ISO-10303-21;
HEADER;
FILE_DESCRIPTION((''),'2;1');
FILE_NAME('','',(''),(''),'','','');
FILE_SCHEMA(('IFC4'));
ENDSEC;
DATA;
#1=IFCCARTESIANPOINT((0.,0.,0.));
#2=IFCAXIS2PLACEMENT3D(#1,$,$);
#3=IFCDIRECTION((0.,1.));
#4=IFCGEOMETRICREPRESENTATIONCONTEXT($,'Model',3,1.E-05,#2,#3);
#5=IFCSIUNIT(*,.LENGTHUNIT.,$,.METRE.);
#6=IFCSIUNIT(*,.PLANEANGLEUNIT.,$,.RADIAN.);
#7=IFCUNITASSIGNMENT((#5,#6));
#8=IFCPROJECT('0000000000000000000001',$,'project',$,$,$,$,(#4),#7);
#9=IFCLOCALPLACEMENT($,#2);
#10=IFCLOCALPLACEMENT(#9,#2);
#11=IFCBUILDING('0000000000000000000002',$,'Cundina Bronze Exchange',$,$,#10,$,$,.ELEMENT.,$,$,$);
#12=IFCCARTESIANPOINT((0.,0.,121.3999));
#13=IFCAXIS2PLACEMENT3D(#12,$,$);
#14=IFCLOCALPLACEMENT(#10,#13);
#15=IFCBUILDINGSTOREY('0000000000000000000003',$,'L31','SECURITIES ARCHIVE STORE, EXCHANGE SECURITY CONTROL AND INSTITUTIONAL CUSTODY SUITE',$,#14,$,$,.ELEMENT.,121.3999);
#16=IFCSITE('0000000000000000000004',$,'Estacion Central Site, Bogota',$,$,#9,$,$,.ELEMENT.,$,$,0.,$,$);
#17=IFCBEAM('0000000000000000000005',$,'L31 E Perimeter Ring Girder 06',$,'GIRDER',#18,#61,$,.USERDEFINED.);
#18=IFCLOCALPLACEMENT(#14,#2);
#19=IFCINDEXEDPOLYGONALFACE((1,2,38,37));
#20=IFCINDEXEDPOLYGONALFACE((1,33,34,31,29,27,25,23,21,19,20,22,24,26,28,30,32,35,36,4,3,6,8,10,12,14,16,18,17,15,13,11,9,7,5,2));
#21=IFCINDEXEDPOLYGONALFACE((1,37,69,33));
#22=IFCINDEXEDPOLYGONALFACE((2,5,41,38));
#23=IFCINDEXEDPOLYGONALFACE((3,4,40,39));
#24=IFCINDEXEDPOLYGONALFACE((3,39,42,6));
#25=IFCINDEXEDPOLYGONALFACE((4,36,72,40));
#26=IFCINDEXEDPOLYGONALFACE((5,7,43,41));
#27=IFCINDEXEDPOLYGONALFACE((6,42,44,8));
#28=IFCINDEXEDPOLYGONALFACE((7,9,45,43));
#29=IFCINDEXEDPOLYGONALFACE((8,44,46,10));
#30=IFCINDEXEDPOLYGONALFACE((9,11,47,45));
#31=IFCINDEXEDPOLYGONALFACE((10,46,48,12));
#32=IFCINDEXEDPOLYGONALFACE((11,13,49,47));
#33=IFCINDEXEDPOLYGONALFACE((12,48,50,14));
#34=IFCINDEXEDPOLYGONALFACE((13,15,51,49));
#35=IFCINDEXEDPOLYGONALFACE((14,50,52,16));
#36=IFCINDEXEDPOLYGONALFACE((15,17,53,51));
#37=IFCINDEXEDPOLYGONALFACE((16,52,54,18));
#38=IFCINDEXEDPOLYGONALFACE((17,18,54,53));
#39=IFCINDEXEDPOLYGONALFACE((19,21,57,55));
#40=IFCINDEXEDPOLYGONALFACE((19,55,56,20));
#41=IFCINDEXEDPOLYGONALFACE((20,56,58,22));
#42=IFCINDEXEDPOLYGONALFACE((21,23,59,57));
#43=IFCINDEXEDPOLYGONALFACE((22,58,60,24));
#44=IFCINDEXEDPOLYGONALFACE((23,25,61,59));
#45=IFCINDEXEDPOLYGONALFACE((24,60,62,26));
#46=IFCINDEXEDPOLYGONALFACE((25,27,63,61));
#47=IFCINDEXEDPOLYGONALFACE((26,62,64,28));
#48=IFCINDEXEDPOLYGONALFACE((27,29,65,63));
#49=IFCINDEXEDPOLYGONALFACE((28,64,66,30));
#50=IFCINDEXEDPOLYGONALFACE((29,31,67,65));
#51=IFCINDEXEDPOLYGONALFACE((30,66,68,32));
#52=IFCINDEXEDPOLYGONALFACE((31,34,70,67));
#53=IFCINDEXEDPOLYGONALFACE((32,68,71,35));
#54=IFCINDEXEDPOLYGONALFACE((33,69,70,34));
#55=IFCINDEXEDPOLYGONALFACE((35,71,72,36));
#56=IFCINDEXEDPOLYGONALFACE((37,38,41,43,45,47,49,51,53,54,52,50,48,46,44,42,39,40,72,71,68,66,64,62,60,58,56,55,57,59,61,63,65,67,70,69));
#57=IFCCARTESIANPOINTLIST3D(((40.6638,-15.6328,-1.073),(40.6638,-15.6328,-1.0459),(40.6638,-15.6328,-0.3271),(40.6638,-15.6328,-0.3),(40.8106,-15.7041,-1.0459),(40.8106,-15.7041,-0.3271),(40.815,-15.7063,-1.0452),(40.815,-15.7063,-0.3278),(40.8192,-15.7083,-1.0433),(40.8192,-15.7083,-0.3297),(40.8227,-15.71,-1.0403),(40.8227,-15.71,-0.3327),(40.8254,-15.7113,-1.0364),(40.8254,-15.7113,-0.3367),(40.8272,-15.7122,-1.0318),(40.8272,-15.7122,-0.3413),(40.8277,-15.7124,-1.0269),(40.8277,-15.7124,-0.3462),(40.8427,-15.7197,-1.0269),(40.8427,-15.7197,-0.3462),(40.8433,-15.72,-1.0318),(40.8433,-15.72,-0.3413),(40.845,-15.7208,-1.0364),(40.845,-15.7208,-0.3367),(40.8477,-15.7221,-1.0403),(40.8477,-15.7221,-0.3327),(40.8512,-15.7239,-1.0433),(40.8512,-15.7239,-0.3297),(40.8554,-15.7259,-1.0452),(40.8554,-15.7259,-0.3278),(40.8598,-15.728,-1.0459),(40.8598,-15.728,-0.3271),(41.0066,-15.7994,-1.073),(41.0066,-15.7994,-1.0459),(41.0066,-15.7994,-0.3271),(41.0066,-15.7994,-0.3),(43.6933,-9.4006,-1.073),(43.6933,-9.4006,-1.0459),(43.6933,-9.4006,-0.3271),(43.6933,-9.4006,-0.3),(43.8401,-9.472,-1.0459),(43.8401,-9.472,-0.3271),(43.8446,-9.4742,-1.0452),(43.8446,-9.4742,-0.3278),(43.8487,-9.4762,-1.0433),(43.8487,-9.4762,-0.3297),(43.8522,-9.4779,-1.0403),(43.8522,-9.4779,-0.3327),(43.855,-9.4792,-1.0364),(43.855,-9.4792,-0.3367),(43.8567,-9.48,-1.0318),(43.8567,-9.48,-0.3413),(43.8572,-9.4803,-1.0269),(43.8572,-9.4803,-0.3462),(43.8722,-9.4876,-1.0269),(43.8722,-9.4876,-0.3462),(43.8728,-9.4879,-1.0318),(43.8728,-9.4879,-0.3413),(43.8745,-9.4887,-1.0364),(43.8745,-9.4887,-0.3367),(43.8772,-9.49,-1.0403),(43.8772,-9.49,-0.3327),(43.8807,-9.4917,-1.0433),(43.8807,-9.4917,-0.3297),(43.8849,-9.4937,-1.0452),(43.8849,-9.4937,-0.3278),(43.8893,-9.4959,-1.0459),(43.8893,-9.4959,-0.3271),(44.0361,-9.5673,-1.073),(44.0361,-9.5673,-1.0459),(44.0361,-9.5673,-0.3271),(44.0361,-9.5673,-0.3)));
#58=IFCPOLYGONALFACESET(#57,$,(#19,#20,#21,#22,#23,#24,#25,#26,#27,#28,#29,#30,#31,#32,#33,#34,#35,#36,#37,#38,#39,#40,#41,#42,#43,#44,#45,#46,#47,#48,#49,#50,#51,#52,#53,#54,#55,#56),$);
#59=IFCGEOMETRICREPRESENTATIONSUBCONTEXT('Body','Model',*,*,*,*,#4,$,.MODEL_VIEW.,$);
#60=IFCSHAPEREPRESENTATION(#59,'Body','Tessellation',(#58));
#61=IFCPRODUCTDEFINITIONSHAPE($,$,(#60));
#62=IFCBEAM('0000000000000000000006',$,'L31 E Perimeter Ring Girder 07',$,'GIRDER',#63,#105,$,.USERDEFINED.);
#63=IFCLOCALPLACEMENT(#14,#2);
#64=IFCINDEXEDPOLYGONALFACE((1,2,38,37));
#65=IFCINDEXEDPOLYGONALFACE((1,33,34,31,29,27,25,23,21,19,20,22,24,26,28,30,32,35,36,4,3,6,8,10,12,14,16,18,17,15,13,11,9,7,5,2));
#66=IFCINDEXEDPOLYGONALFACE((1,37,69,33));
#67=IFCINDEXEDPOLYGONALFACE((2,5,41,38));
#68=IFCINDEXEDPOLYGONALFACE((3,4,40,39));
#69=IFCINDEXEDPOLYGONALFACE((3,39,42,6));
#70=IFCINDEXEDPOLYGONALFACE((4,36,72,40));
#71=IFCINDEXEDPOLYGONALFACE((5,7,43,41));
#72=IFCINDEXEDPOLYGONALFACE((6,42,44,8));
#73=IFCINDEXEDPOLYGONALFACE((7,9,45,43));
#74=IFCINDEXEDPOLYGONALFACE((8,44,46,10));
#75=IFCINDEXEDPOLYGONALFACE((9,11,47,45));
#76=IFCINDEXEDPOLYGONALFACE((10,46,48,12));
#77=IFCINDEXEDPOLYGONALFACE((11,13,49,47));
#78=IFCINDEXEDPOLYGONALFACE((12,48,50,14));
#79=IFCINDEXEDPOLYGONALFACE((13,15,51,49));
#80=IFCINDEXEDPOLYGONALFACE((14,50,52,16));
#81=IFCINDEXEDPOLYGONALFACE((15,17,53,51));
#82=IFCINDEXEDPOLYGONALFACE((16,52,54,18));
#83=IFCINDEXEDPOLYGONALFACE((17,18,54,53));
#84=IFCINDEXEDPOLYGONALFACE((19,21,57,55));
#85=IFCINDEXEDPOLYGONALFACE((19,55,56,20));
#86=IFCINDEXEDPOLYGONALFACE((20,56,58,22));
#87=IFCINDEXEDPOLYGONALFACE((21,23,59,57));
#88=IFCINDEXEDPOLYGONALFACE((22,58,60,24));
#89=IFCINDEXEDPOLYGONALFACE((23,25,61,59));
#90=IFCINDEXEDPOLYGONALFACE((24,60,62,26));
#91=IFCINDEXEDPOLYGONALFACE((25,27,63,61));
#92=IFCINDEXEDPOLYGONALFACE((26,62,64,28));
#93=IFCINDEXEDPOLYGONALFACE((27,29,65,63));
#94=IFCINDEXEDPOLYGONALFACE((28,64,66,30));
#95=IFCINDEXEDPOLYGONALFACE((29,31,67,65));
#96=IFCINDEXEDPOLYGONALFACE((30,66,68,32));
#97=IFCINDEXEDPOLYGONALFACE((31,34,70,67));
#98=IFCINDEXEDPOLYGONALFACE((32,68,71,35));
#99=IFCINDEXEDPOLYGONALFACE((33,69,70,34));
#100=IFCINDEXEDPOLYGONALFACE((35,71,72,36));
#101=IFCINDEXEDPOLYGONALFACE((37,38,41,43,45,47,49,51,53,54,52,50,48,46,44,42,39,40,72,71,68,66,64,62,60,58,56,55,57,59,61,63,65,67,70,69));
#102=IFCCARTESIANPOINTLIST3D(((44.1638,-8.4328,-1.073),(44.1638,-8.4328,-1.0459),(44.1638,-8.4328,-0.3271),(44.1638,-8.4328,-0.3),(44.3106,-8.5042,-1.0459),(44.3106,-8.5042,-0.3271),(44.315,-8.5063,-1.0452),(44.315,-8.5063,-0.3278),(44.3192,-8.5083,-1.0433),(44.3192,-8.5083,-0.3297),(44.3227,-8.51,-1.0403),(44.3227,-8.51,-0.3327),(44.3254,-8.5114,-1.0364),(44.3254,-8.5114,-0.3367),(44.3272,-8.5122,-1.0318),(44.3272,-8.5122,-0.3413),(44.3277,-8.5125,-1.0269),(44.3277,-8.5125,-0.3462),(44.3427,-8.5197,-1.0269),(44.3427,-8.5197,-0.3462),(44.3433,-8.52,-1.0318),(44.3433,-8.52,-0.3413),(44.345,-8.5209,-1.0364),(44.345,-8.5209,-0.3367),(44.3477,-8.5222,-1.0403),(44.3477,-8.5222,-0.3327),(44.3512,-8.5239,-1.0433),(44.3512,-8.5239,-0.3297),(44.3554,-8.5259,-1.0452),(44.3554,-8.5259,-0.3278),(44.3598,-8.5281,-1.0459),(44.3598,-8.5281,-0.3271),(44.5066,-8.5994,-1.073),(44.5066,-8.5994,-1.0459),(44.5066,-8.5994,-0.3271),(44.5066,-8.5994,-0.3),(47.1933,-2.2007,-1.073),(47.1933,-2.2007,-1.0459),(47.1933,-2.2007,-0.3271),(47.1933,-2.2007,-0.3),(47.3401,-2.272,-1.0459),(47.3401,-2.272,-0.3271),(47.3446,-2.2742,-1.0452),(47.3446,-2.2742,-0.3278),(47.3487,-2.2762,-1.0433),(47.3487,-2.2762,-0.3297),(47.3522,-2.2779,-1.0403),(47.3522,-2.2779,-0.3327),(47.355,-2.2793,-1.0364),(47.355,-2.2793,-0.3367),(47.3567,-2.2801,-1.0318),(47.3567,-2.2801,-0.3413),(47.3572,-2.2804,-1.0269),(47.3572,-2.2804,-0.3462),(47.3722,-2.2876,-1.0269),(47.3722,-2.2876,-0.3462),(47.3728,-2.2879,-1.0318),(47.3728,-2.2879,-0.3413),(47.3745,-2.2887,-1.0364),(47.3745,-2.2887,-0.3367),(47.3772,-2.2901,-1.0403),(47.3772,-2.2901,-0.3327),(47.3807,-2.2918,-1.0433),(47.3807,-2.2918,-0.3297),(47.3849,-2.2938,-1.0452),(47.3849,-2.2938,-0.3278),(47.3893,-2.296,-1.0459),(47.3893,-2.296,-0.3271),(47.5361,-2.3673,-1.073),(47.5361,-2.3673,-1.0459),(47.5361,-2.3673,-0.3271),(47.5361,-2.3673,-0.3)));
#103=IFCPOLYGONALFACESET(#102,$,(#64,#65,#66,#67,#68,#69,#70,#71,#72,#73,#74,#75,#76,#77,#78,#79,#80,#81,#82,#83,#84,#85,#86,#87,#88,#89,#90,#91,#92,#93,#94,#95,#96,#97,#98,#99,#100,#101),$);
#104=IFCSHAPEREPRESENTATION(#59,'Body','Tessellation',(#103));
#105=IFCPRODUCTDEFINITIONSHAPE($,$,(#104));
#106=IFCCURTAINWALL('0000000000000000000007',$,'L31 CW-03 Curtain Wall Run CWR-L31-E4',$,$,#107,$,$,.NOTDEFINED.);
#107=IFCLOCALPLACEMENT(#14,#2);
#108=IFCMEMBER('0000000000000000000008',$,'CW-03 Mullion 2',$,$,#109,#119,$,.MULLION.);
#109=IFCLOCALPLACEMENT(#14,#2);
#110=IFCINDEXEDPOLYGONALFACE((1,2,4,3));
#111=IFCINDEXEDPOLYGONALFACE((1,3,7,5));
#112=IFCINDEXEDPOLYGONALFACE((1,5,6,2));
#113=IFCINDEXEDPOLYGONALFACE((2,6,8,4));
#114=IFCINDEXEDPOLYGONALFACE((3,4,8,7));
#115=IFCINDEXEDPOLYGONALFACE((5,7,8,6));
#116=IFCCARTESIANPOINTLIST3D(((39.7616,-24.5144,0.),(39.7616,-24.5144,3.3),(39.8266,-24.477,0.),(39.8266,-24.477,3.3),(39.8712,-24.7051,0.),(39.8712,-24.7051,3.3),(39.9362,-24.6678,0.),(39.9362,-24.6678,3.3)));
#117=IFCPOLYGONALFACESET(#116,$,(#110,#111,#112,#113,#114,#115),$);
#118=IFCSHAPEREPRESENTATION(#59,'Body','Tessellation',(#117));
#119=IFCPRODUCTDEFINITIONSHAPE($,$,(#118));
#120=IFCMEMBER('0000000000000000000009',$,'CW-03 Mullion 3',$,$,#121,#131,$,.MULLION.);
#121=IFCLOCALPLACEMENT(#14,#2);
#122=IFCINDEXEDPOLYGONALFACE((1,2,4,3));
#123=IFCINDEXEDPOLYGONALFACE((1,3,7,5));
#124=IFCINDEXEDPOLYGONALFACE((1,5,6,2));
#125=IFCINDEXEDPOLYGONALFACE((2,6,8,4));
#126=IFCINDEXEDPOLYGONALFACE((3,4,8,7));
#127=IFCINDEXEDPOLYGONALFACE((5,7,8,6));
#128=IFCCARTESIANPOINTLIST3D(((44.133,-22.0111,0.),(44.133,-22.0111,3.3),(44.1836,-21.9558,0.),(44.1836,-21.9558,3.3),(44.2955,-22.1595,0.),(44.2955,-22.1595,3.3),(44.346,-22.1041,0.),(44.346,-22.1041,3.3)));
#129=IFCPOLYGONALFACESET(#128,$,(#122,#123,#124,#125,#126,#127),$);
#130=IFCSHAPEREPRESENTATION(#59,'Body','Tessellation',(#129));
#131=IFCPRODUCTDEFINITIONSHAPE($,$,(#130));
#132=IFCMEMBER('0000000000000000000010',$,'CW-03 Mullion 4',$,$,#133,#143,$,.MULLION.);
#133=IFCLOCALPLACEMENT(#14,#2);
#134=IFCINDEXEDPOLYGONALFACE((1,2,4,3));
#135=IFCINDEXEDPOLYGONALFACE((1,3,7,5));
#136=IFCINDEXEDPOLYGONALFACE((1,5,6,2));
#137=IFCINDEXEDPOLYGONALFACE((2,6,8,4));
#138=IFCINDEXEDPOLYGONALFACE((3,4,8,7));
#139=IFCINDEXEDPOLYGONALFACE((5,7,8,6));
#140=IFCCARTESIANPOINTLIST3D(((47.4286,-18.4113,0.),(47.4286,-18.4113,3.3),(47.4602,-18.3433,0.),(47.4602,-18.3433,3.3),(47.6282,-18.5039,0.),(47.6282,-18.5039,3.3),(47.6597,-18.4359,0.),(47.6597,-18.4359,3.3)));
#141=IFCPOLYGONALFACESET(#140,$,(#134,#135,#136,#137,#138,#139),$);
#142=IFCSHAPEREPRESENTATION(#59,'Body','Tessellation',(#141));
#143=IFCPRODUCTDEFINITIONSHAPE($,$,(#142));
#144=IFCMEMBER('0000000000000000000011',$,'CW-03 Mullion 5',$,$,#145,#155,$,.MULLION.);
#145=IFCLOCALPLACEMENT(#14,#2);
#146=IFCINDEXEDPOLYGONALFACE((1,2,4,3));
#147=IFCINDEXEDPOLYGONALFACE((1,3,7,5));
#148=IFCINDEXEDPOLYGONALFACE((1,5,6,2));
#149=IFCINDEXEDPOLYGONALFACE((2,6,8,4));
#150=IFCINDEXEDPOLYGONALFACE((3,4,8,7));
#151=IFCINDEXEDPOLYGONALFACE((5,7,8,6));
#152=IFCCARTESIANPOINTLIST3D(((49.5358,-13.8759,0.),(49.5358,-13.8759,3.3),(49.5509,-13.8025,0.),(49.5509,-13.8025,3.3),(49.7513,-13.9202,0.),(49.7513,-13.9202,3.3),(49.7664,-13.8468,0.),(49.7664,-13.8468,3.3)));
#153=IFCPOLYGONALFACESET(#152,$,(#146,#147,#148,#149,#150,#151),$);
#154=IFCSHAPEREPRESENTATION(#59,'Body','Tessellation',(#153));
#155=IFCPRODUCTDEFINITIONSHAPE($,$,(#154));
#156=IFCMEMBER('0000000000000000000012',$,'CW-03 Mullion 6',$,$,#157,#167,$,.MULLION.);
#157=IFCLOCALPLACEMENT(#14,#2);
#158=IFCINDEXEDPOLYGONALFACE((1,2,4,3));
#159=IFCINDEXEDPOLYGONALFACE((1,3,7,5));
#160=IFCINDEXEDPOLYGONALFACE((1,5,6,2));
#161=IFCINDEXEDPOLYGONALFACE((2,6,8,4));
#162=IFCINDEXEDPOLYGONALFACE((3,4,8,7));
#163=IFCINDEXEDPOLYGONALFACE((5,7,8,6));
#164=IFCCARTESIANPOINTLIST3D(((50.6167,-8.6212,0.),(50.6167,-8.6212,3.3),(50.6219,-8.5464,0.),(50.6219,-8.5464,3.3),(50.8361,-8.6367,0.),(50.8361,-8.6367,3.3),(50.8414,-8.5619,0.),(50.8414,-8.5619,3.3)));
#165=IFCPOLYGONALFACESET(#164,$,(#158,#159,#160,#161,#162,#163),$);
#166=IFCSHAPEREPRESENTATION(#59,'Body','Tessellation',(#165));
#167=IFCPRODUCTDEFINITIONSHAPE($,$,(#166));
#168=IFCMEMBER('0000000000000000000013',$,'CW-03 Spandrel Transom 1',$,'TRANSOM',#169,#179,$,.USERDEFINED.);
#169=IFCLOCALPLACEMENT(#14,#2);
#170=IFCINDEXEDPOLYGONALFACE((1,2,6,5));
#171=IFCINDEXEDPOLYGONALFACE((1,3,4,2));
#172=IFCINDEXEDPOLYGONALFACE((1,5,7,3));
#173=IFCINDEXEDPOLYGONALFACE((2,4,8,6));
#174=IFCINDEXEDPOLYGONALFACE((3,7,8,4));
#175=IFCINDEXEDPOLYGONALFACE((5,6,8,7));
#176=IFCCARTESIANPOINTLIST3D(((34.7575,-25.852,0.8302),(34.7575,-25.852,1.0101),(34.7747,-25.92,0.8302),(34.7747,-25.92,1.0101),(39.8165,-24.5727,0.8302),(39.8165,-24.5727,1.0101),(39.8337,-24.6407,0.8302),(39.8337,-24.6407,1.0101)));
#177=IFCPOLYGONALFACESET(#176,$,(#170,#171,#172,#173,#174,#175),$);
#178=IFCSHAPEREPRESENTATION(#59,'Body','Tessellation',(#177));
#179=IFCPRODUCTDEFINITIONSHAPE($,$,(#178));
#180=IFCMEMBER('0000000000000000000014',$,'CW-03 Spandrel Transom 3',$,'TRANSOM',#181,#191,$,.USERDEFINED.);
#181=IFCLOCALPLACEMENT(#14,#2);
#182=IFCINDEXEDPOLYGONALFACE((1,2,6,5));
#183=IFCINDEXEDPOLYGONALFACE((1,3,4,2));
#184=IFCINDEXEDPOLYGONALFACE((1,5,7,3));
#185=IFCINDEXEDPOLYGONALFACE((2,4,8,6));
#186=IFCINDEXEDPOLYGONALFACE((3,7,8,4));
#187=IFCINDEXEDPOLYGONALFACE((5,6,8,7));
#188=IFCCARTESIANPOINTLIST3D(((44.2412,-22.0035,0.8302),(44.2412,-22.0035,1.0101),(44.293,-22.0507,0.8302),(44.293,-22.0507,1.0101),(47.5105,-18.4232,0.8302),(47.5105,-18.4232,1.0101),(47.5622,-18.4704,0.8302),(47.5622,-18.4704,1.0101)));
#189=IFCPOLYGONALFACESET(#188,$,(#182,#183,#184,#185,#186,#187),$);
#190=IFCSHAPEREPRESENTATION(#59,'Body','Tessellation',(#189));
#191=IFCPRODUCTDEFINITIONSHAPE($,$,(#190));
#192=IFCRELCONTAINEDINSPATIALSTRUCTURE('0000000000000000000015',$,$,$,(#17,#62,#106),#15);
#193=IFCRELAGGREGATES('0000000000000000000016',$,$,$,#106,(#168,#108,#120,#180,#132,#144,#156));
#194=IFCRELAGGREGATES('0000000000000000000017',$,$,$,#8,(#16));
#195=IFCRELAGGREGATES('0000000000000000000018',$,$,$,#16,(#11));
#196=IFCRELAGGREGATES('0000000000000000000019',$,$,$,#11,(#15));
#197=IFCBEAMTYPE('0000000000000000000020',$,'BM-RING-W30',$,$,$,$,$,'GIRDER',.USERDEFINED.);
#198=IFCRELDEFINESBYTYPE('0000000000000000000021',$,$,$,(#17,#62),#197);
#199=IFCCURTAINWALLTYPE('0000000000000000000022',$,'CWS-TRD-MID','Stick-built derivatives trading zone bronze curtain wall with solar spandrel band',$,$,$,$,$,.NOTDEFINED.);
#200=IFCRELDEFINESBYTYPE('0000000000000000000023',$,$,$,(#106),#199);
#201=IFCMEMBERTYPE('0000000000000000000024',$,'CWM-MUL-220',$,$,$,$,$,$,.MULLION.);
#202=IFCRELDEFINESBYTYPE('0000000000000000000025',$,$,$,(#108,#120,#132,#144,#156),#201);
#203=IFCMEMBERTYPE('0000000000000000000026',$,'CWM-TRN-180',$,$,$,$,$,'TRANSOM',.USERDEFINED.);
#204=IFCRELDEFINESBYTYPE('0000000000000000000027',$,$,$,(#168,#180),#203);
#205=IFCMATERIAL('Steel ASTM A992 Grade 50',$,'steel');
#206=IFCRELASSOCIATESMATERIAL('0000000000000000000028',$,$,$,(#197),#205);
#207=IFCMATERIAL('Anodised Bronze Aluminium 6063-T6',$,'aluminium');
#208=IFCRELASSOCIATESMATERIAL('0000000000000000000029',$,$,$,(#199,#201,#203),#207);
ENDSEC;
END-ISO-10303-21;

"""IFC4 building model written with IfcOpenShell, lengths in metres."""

from ifc_helpers import new_model, si_unit, direction, frame, origin, origin_2d, place, context, subcontext, project, spatial, rectangle, i_section, extrude, material, material_profile, profile_set, type_object, element, aggregate, save


model = new_model("IFC4")

# Units and contexts
model_context = context("Model", 3, precision=1e-05, world=origin(), true_north=direction((0.0, 1.0)))
body_context = subcontext(model_context, "Body", "Model", "MODEL_VIEW")
ifc_project = project(units=[si_unit("LENGTHUNIT", "METRE"), si_unit("PLANEANGLEUNIT", "RADIAN")], contexts=[model_context])

# Site, building, storey
site_placement = place(None, origin())
site = spatial("IfcSite", under=ifc_project, at=site_placement, Name="Estacion Central Site, Bogota", CompositionType="ELEMENT", RefElevation=0.0)
building_placement = place(site_placement, origin())
building = spatial("IfcBuilding", under=site, at=building_placement, Name="Cundina Bronze Exchange", CompositionType="ELEMENT")
storey_placement = place(building_placement, frame((0.0, 0.0, 121.3999)))
storey = spatial("IfcBuildingStorey", under=building, at=storey_placement, Name="L31", Description="SECURITIES ARCHIVE STORE, EXCHANGE SECURITY CONTROL AND INSTITUTIONAL CUSTODY SUITE", CompositionType="ELEMENT", Elevation=121.3999)

# Beams
ifc_material_1 = material(Name="Steel ASTM A992 Grade 50", Category="steel")
ifc_material_profile_1 = material_profile(ifc_material_1, i_section(OverallWidth=0.3811, OverallDepth=0.7729, WebThickness=0.0166, FlangeThickness=0.0271, FilletRadius=0.019, at=origin_2d()), Name="W30X173", Category="steel")
ifc_profile_set_1 = profile_set([ifc_material_profile_1], Name="Steel ASTM A992 Grade 50")
beam_type_1 = type_object("IfcBeamType", Name="BM-RING-W30", ElementType="GIRDER", PredefinedType="USERDEFINED", material=ifc_profile_set_1)
for number, where, z_axis, x_axis, name in (
    (1, (40.8352, -15.7161, -0.6865), (0.437194, 0.899367, 0.0), (-0.899367, 0.437194, 0.0), "L31 E Perimeter Ring Girder 06"),
    (2, (44.3352, -8.5161, -0.6865), (0.437194, 0.899367, 0.0), (-0.899367, 0.437194, 0.0), "L31 E Perimeter Ring Girder 07"),
):
    element("IfcBeam", number, at=place(storey_placement, frame(where, z_axis=z_axis, x_axis=x_axis)), inside=storey, type_object=beam_type_1, Name=name, ObjectType="GIRDER", PredefinedType="USERDEFINED", context=body_context, shape_type="SweptSolid", body=[
        extrude(i_section(OverallWidth=0.3811, OverallDepth=0.7729, WebThickness=0.0166, FlangeThickness=0.0271, FilletRadius=0.019, at=origin_2d()), origin(), (0.0, 0.0, 1.0), 6.9294),
    ])

# Curtain wall, members
ifc_material_2 = material(Name="Anodised Bronze Aluminium 6063-T6", Category="aluminium")
curtain_wall_type = type_object("IfcCurtainWallType", Name="CWS-TRD-MID", Description="Stick-built derivatives trading zone bronze curtain wall with solar spandrel band", PredefinedType="NOTDEFINED", material=ifc_material_2)
curtain_wall_placement = place(storey_placement, origin())
curtain_wall = element("IfcCurtainWall", 3, at=curtain_wall_placement, inside=storey, type_object=curtain_wall_type, Name="L31 CW-03 Curtain Wall Run CWR-L31-E4", PredefinedType="NOTDEFINED")
ifc_material_profile_2 = material_profile(ifc_material_2, rectangle(XDim=0.075, YDim=0.22, at=origin_2d()), Name="AL75X220", Category="aluminium")
ifc_profile_set_2 = profile_set([ifc_material_profile_2], Name="Anodised Bronze Aluminium 6063-T6")
member_type_1 = type_object("IfcMemberType", Name="CWM-MUL-220", PredefinedType="MULLION", material=ifc_profile_set_2)
member_1_placement = place(storey_placement, frame((39.8489, -24.5911, 0.0), z_axis=(0.0, 0.0, 1.0), x_axis=(0.867071, 0.498185, 0.0)))
member_1 = element("IfcMember", 4, at=member_1_placement, type_object=member_type_1, Name="CW-03 Mullion 2", PredefinedType="MULLION", context=body_context, shape_type="SweptSolid", body=[
    extrude(rectangle(XDim=0.075, YDim=0.22, at=origin_2d()), origin(), (0.0, 0.0, 1.0), 3.3),
])
member_2_placement = place(storey_placement, frame((44.2395, -22.0576, 0.0), z_axis=(0.0, 0.0, 1.0), x_axis=(0.674302, 0.738455, 0.0)))
member_2 = element("IfcMember", 5, at=member_2_placement, type_object=member_type_1, Name="CW-03 Mullion 3", PredefinedType="MULLION", context=body_context, shape_type="SweptSolid", body=[
    extrude(rectangle(XDim=0.075, YDim=0.22, at=origin_2d()), origin(), (0.0, 0.0, 1.0), 3.3),
])
member_3_placement = place(storey_placement, frame((47.5442, -18.4236, 0.0), z_axis=(0.0, 0.0, 1.0), x_axis=(0.420877, 0.907117, 0.0)))
member_3 = element("IfcMember", 6, at=member_3_placement, type_object=member_type_1, Name="CW-03 Mullion 4", PredefinedType="MULLION", context=body_context, shape_type="SweptSolid", body=[
    extrude(rectangle(XDim=0.075, YDim=0.22, at=origin_2d()), origin(), (0.0, 0.0, 1.0), 3.3),
])
member_4_placement = place(storey_placement, frame((49.6511, -13.8613, 0.0), z_axis=(0.0, 0.0, 1.0), x_axis=(0.20142, 0.979505, 0.0)))
member_4 = element("IfcMember", 7, at=member_4_placement, type_object=member_type_1, Name="CW-03 Mullion 5", PredefinedType="MULLION", context=body_context, shape_type="SweptSolid", body=[
    extrude(rectangle(XDim=0.075, YDim=0.22, at=origin_2d()), origin(), (0.0, 0.0, 1.0), 3.3),
])
member_5_placement = place(storey_placement, frame((50.729, -8.5916, 0.0), z_axis=(0.0, 0.0, 1.0), x_axis=(0.070279, 0.997527, 0.0)))
member_5 = element("IfcMember", 8, at=member_5_placement, type_object=member_type_1, Name="CW-03 Mullion 6", PredefinedType="MULLION", context=body_context, shape_type="SweptSolid", body=[
    extrude(rectangle(XDim=0.075, YDim=0.22, at=origin_2d()), origin(), (0.0, 0.0, 1.0), 3.3),
])
ifc_material_profile_3 = material_profile(ifc_material_2, rectangle(XDim=0.0701, YDim=0.1799, at=origin_2d()), Name="AL70X180", Category="aluminium")
ifc_profile_set_3 = profile_set([ifc_material_profile_3], Name="Anodised Bronze Aluminium 6063-T6")
member_type_2 = type_object("IfcMemberType", Name="CWM-TRN-180", ElementType="TRANSOM", PredefinedType="USERDEFINED", material=ifc_profile_set_3)
member_6_placement = place(storey_placement, frame((34.7661, -25.886, 0.9202), z_axis=(0.969484, 0.245155, 0.0), x_axis=(-0.245155, 0.969484, 0.0)))
member_6 = element("IfcMember", 9, at=member_6_placement, type_object=member_type_2, Name="CW-03 Spandrel Transom 1", ObjectType="TRANSOM", PredefinedType="USERDEFINED", context=body_context, shape_type="SweptSolid", body=[
    extrude(rectangle(XDim=0.0701, YDim=0.1799, at=origin_2d()), origin(), (0.0, 0.0, 1.0), 5.2183),
])
member_7_placement = place(storey_placement, frame((44.2671, -22.0271, 0.9202), z_axis=(0.674303, 0.738455, 0.0), x_axis=(-0.738455, 0.674303, 0.0)))
member_7 = element("IfcMember", 10, at=member_7_placement, type_object=member_type_2, Name="CW-03 Spandrel Transom 3", ObjectType="TRANSOM", PredefinedType="USERDEFINED", context=body_context, shape_type="SweptSolid", body=[
    extrude(rectangle(XDim=0.0701, YDim=0.1799, at=origin_2d()), origin(), (0.0, 0.0, 1.0), 4.8484),
])
aggregate(curtain_wall, [member_6, member_1, member_2, member_7, member_3, member_4, member_5])

save(model, "model.ifc")
